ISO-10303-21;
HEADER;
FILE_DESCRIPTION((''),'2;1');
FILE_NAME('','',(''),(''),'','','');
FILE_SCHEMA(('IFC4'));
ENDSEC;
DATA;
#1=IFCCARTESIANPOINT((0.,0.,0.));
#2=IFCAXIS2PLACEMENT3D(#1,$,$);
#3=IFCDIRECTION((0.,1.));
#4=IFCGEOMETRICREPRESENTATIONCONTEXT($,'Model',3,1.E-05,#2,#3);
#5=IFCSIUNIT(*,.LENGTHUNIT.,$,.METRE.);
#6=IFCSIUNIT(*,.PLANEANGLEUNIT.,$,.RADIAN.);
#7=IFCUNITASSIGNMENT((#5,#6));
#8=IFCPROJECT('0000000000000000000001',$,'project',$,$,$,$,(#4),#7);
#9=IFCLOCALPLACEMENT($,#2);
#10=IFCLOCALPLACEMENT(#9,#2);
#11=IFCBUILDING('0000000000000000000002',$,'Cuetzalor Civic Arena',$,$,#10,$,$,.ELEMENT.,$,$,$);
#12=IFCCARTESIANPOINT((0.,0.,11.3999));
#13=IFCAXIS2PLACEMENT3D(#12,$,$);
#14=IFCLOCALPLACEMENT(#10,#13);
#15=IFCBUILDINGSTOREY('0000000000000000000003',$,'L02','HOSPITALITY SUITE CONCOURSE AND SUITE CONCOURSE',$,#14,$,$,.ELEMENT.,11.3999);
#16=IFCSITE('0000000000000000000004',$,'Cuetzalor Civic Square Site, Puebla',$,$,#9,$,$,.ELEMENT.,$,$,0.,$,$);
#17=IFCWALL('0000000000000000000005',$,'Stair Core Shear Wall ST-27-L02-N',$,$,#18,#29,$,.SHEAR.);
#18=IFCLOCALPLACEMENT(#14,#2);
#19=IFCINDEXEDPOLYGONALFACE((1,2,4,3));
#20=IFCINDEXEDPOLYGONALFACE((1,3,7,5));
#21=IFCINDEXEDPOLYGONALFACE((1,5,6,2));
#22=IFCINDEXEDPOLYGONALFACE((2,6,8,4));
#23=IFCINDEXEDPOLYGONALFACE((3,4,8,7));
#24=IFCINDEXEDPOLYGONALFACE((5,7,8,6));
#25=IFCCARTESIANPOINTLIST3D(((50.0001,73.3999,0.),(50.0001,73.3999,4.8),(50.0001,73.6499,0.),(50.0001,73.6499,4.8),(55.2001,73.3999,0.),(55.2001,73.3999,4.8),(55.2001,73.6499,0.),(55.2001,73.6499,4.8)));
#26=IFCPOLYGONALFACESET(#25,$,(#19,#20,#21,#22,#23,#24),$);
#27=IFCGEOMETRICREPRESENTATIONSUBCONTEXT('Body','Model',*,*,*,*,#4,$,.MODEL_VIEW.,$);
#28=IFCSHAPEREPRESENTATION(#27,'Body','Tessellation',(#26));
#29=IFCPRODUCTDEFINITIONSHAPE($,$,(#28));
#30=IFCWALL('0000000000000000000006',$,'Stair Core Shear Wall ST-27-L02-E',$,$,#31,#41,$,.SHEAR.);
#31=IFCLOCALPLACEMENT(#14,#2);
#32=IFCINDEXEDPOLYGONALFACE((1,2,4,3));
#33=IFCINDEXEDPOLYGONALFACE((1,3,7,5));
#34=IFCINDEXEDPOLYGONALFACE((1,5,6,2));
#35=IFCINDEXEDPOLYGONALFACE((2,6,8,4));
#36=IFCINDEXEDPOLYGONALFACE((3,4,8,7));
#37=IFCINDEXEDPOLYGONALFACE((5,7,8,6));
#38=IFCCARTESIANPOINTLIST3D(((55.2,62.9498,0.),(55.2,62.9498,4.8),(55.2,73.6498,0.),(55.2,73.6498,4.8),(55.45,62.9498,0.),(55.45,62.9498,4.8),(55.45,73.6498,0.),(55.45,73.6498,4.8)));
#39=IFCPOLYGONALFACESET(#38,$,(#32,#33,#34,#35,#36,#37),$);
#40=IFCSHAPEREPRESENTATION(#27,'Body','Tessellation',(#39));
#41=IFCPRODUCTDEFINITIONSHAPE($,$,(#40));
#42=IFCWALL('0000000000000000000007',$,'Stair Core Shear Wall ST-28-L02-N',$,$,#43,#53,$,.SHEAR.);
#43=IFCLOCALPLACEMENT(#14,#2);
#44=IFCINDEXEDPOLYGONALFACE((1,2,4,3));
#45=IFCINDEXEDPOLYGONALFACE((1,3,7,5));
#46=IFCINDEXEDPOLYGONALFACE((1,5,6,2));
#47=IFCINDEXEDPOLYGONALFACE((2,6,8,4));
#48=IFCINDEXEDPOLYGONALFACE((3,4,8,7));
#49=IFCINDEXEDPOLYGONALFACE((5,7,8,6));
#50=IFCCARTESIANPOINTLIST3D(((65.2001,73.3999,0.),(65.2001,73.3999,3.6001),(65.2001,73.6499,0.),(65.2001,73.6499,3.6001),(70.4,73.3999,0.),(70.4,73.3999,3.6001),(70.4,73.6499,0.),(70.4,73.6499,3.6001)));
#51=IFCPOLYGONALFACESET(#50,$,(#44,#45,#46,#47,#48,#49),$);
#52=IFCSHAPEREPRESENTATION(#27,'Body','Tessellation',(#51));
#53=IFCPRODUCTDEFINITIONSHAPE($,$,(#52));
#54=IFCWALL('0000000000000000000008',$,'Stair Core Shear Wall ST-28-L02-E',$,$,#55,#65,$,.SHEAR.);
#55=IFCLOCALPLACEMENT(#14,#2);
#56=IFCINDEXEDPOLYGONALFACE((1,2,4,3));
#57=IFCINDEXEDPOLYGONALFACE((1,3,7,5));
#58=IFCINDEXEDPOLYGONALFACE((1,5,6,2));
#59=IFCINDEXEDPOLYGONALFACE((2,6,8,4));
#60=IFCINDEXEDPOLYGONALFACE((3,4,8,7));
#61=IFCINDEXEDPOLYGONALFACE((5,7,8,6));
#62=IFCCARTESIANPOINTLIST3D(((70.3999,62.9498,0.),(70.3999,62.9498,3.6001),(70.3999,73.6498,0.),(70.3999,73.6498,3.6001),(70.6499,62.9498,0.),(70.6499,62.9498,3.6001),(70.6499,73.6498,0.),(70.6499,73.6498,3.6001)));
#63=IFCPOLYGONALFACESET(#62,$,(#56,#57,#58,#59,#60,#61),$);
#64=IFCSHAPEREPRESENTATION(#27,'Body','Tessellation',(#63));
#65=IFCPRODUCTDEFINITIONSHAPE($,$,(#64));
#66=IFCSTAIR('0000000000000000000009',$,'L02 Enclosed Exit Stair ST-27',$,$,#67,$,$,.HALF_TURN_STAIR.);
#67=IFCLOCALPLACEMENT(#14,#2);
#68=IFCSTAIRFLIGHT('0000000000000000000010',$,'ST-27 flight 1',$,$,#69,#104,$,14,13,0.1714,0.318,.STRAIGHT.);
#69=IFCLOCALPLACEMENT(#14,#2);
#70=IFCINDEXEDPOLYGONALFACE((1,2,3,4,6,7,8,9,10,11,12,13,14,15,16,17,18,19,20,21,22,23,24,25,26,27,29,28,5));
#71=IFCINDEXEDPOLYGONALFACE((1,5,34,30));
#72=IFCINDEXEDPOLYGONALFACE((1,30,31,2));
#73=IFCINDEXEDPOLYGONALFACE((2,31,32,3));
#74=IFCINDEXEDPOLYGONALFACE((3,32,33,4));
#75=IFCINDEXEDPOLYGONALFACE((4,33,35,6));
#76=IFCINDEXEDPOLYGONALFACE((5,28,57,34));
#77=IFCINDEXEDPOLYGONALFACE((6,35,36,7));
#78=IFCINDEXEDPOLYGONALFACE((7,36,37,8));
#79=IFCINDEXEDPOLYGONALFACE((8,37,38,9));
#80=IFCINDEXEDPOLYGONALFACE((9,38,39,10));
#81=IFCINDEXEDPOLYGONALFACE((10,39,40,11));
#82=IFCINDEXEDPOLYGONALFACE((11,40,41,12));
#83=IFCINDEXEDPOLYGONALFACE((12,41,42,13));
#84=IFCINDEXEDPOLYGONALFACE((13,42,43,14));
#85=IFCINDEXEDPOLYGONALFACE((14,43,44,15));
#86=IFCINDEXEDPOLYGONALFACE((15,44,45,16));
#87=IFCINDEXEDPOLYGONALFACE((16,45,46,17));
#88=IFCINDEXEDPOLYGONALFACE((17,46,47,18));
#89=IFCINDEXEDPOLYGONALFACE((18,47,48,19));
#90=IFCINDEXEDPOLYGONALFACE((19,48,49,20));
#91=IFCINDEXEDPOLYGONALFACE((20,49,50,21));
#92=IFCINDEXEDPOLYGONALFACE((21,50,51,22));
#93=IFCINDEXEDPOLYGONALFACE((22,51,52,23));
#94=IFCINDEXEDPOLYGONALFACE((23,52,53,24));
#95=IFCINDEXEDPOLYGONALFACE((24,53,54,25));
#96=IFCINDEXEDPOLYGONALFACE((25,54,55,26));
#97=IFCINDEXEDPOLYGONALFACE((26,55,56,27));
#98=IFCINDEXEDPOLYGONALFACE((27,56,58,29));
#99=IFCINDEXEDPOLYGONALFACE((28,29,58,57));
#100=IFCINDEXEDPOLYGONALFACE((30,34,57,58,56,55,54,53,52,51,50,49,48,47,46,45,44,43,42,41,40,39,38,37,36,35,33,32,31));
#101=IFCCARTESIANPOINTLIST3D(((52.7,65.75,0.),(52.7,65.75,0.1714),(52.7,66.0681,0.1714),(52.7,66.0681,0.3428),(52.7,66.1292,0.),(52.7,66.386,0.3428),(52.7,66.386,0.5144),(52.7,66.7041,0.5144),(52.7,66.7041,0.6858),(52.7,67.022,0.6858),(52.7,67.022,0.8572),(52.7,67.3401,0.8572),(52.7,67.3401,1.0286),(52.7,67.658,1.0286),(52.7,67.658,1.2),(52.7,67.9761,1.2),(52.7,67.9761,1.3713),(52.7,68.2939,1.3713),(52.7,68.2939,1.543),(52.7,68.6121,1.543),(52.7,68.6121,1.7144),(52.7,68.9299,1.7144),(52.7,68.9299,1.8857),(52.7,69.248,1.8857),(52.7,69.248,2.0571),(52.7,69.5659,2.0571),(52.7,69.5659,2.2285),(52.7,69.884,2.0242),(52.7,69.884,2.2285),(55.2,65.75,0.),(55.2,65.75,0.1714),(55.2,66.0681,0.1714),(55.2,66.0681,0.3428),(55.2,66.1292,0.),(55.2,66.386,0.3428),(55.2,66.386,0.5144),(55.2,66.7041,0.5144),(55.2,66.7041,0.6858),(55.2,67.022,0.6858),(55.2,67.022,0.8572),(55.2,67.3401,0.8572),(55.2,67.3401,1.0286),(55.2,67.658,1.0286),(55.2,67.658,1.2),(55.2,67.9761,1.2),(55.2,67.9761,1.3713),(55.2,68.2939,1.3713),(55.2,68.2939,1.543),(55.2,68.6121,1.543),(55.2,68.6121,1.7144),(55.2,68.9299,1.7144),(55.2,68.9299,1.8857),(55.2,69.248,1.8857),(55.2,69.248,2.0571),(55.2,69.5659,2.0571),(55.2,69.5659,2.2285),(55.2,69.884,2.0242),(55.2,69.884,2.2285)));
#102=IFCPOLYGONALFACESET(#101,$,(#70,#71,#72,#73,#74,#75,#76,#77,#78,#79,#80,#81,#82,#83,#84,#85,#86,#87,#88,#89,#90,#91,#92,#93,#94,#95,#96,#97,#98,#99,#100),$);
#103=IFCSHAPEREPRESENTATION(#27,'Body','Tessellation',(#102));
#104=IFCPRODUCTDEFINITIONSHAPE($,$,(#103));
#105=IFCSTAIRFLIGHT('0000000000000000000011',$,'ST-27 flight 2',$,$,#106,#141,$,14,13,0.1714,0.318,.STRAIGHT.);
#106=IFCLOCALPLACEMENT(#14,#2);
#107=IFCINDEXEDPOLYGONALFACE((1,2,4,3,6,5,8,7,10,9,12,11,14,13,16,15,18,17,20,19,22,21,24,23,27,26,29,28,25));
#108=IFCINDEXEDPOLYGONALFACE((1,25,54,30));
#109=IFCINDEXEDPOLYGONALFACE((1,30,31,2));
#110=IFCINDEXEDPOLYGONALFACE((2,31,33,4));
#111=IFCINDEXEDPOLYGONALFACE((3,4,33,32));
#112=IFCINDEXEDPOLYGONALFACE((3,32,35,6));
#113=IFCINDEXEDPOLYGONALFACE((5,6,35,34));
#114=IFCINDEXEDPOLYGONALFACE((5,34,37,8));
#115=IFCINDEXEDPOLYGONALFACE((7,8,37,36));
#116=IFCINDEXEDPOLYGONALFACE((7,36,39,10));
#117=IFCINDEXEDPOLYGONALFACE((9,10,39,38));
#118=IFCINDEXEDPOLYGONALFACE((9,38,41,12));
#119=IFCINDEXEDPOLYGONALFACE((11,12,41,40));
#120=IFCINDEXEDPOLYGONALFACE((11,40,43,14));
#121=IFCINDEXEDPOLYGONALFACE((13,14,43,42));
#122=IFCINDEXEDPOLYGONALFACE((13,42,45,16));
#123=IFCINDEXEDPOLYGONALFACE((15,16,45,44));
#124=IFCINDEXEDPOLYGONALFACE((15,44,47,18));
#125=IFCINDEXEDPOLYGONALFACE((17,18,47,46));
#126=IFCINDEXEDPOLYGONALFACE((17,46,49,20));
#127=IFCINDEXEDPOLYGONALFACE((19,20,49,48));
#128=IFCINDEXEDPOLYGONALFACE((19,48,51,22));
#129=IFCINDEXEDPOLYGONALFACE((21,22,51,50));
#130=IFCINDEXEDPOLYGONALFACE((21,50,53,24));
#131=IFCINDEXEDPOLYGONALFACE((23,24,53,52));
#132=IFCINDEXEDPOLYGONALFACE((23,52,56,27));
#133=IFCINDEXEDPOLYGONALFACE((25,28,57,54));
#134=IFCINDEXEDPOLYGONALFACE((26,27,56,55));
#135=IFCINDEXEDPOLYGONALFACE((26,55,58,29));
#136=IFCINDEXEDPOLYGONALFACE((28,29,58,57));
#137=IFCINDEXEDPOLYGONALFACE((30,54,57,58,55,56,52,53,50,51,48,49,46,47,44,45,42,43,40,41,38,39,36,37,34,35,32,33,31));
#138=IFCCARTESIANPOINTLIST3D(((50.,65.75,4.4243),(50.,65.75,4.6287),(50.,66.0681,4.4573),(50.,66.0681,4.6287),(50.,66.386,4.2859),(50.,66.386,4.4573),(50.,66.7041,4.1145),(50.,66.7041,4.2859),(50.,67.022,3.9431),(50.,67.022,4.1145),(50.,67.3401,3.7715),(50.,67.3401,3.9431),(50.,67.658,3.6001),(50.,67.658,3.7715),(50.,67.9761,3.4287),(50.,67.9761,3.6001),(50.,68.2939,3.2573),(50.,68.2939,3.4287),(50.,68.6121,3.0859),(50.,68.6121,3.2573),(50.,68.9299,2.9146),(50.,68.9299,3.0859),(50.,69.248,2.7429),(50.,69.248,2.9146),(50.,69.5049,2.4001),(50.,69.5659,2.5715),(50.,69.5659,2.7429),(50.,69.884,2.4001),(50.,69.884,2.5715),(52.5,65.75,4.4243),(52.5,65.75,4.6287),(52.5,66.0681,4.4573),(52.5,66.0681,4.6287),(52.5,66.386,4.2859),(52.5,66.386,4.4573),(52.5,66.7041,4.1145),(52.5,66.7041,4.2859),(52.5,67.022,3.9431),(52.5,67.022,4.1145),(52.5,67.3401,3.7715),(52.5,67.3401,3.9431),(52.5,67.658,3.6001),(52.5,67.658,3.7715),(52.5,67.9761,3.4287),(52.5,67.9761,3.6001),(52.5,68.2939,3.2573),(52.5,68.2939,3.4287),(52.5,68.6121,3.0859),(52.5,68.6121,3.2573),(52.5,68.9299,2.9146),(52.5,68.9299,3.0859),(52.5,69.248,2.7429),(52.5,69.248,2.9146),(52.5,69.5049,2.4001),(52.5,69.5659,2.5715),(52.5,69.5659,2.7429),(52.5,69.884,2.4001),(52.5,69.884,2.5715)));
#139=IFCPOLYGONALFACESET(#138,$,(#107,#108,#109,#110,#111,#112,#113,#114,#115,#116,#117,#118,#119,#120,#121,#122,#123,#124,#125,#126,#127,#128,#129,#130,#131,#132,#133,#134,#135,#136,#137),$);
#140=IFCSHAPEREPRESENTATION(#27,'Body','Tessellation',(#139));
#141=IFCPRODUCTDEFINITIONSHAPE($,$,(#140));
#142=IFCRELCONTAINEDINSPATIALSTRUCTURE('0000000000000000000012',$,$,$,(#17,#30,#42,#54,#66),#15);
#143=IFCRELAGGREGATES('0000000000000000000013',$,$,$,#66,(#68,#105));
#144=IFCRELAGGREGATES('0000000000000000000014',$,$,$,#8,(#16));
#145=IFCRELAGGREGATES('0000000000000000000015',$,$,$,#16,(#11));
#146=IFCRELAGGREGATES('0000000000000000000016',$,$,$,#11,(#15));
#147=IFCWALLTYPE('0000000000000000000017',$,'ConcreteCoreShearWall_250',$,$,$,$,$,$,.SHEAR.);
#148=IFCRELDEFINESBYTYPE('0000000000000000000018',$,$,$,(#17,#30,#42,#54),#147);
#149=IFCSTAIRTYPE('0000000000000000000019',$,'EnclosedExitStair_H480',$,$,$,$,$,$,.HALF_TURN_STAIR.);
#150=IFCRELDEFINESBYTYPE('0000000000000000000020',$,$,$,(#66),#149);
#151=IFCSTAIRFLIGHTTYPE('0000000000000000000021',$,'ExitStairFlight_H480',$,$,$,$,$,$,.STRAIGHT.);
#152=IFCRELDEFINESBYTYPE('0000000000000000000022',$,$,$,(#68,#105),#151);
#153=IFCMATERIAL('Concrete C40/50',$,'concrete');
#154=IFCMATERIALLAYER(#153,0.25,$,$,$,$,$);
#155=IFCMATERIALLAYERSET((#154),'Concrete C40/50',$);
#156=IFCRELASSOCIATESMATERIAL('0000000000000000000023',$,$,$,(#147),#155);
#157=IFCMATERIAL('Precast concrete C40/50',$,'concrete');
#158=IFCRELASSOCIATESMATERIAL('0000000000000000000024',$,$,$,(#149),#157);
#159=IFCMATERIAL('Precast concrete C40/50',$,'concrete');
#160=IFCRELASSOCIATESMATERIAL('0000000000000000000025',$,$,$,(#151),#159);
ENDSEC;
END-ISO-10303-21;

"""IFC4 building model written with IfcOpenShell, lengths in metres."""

from ifc_helpers import new_model, si_unit, direction, frame, frame_2d, origin, place, context, subcontext, project, spatial, polyline, rectangle, outline, extrude, material, layer, layer_set, type_object, element, aggregate, save


model = new_model("IFC4")

# Units and contexts
model_context = context("Model", 3, precision=1e-05, world=origin(), true_north=direction((0.0, 1.0)))
body_context = subcontext(model_context, "Body", "Model", "MODEL_VIEW")
ifc_project = project(units=[si_unit("LENGTHUNIT", "METRE"), si_unit("PLANEANGLEUNIT", "RADIAN")], contexts=[model_context])

# Site, building, storey
site_placement = place(None, origin())
site = spatial("IfcSite", under=ifc_project, at=site_placement, Name="Cuetzalor Civic Square Site, Puebla", CompositionType="ELEMENT", RefElevation=0.0)
building_placement = place(site_placement, origin())
building = spatial("IfcBuilding", under=site, at=building_placement, Name="Cuetzalor Civic Arena", CompositionType="ELEMENT")
storey_placement = place(building_placement, frame((0.0, 0.0, 11.3999)))
storey = spatial("IfcBuildingStorey", under=building, at=storey_placement, Name="L02", Description="HOSPITALITY SUITE CONCOURSE AND SUITE CONCOURSE", CompositionType="ELEMENT", Elevation=11.3999)

# Walls
ifc_material_1 = material(Name="Concrete C40/50", Category="concrete")
ifc_layer_1 = layer(ifc_material_1, 0.25)
ifc_layer_set_1 = layer_set([ifc_layer_1], Name="Concrete C40/50")
wall_type_1 = type_object("IfcWallType", Name="ConcreteCoreShearWall_250", PredefinedType="SHEAR", material=ifc_layer_set_1)
wall_1_placement = place(storey_placement, frame((50.0, 73.5249, 0.0), z_axis=(0.0, 0.0, 1.0), x_axis=(1.0, 0.0, 0.0)))
element("IfcWall", 1, at=wall_1_placement, inside=storey, type_object=wall_type_1, Name="Stair Core Shear Wall ST-27-L02-N", PredefinedType="SHEAR", context=body_context, shape_type="SweptSolid", body=[
    extrude(rectangle(XDim=5.2, YDim=0.25, at=frame_2d((2.6001, 0.0))), origin(), (0.0, 0.0, 1.0), 4.8),
])
wall_2_placement = place(storey_placement, frame((55.325, 73.6499, 0.0), z_axis=(0.0, 0.0, 1.0), x_axis=(0.0, -1.0, 0.0)))
element("IfcWall", 2, at=wall_2_placement, inside=storey, type_object=wall_type_1, Name="Stair Core Shear Wall ST-27-L02-E", PredefinedType="SHEAR", context=body_context, shape_type="SweptSolid", body=[
    extrude(rectangle(XDim=10.7, YDim=0.25, at=frame_2d((5.3501, 0.0))), origin(), (0.0, 0.0, 1.0), 4.8),
])
wall_3_placement = place(storey_placement, frame((65.2, 73.5249, 0.0), z_axis=(0.0, 0.0, 1.0), x_axis=(1.0, 0.0, 0.0)))
element("IfcWall", 3, at=wall_3_placement, inside=storey, type_object=wall_type_1, Name="Stair Core Shear Wall ST-28-L02-N", PredefinedType="SHEAR", context=body_context, shape_type="SweptSolid", body=[
    extrude(rectangle(XDim=5.2, YDim=0.25, at=frame_2d((2.6001, 0.0))), origin(), (0.0, 0.0, 1.0), 3.6001),
])
wall_4_placement = place(storey_placement, frame((70.5249, 73.6499, 0.0), z_axis=(0.0, 0.0, 1.0), x_axis=(0.0, -1.0, 0.0)))
element("IfcWall", 4, at=wall_4_placement, inside=storey, type_object=wall_type_1, Name="Stair Core Shear Wall ST-28-L02-E", PredefinedType="SHEAR", context=body_context, shape_type="SweptSolid", body=[
    extrude(rectangle(XDim=10.7, YDim=0.25, at=frame_2d((5.3501, 0.0))), origin(), (0.0, 0.0, 1.0), 3.6001),
])

# Stair, stair flights
ifc_material_2 = material(Name="Precast concrete C40/50", Category="concrete")
stair_type = type_object("IfcStairType", Name="EnclosedExitStair_H480", PredefinedType="HALF_TURN_STAIR", material=ifc_material_2)
stair_placement = place(storey_placement, origin())
stair = element("IfcStair", 5, at=stair_placement, inside=storey, type_object=stair_type, Name="L02 Enclosed Exit Stair ST-27", PredefinedType="HALF_TURN_STAIR")
ifc_material_3 = material(Name="Precast concrete C40/50", Category="concrete")
stair_flight_type = type_object("IfcStairFlightType", Name="ExitStairFlight_H480", PredefinedType="STRAIGHT", material=ifc_material_3)
stair_flight_1_placement = place(storey_placement, frame((53.95, 65.75, 0.0), z_axis=(0.0, 0.0, 1.0), x_axis=(0.0, 1.0, 0.0)))
stair_flight_1 = element("IfcStairFlight", 6, at=stair_flight_1_placement, type_object=stair_flight_type, Name="ST-27 flight 1", NumberOfRisers=14, NumberOfTreads=13, PredefinedType="STRAIGHT", RiserHeight=0.1714, TreadLength=0.318, context=body_context, shape_type="SweptSolid", body=[
    extrude(outline(polyline([(0.0, 0.0), (0.0, 0.1714), (0.3181, 0.1714), (0.3181, 0.3428), (0.636, 0.3428), (0.636, 0.5144), (0.9541, 0.5144), (0.9541, 0.6858), (1.272, 0.6858), (1.272, 0.8572), (1.5901, 0.8572), (1.5901, 1.0286), (1.908, 1.0286), (1.908, 1.2), (2.2261, 1.2), (2.2261, 1.3713), (2.5439, 1.3713), (2.5439, 1.543), (2.8621, 1.543), (2.8621, 1.7144), (3.1799, 1.7144), (3.1799, 1.8857), (3.498, 1.8857), (3.498, 2.0571), (3.8159, 2.0571), (3.8159, 2.2285), (4.134, 2.2285), (4.134, 2.3999), (4.134, 2.0242), (0.3792, 0.0), (0.0, 0.0)])), frame((0.0, 1.25, 0.0), z_axis=(0.0, -1.0, 0.0), x_axis=(1.0, 0.0, 0.0)), (0.0, 0.0, 1.0), 2.5),
])
stair_flight_2_placement = place(storey_placement, frame((51.25, 69.884, 2.4001), z_axis=(0.0, 0.0, 1.0), x_axis=(0.0, -1.0, 0.0)))
stair_flight_2 = element("IfcStairFlight", 7, at=stair_flight_2_placement, type_object=stair_flight_type, Name="ST-27 flight 2", NumberOfRisers=14, NumberOfTreads=13, PredefinedType="STRAIGHT", RiserHeight=0.1714, TreadLength=0.318, context=body_context, shape_type="SweptSolid", body=[
    extrude(outline(polyline([(0.0, 0.0), (0.0, 0.1714), (0.3181, 0.1714), (0.3181, 0.3428), (0.636, 0.3428), (0.636, 0.5144), (0.9541, 0.5144), (0.9541, 0.6858), (1.272, 0.6858), (1.272, 0.8572), (1.5901, 0.8572), (1.5901, 1.0286), (1.908, 1.0286), (1.908, 1.2), (2.2261, 1.2), (2.2261, 1.3713), (2.5439, 1.3713), (2.5439, 1.543), (2.8621, 1.543), (2.8621, 1.7144), (3.1799, 1.7144), (3.1799, 1.8857), (3.498, 1.8857), (3.498, 2.0571), (3.8159, 2.0571), (3.8159, 2.2285), (4.134, 2.2285), (4.134, 2.3999), (4.134, 2.0242), (0.3792, 0.0), (0.0, 0.0)])), frame((0.0, 1.25, 0.0), z_axis=(0.0, -1.0, 0.0), x_axis=(1.0, 0.0, 0.0)), (0.0, 0.0, 1.0), 2.5),
])
aggregate(stair, [stair_flight_1, stair_flight_2])

save(model, "model.ifc")
